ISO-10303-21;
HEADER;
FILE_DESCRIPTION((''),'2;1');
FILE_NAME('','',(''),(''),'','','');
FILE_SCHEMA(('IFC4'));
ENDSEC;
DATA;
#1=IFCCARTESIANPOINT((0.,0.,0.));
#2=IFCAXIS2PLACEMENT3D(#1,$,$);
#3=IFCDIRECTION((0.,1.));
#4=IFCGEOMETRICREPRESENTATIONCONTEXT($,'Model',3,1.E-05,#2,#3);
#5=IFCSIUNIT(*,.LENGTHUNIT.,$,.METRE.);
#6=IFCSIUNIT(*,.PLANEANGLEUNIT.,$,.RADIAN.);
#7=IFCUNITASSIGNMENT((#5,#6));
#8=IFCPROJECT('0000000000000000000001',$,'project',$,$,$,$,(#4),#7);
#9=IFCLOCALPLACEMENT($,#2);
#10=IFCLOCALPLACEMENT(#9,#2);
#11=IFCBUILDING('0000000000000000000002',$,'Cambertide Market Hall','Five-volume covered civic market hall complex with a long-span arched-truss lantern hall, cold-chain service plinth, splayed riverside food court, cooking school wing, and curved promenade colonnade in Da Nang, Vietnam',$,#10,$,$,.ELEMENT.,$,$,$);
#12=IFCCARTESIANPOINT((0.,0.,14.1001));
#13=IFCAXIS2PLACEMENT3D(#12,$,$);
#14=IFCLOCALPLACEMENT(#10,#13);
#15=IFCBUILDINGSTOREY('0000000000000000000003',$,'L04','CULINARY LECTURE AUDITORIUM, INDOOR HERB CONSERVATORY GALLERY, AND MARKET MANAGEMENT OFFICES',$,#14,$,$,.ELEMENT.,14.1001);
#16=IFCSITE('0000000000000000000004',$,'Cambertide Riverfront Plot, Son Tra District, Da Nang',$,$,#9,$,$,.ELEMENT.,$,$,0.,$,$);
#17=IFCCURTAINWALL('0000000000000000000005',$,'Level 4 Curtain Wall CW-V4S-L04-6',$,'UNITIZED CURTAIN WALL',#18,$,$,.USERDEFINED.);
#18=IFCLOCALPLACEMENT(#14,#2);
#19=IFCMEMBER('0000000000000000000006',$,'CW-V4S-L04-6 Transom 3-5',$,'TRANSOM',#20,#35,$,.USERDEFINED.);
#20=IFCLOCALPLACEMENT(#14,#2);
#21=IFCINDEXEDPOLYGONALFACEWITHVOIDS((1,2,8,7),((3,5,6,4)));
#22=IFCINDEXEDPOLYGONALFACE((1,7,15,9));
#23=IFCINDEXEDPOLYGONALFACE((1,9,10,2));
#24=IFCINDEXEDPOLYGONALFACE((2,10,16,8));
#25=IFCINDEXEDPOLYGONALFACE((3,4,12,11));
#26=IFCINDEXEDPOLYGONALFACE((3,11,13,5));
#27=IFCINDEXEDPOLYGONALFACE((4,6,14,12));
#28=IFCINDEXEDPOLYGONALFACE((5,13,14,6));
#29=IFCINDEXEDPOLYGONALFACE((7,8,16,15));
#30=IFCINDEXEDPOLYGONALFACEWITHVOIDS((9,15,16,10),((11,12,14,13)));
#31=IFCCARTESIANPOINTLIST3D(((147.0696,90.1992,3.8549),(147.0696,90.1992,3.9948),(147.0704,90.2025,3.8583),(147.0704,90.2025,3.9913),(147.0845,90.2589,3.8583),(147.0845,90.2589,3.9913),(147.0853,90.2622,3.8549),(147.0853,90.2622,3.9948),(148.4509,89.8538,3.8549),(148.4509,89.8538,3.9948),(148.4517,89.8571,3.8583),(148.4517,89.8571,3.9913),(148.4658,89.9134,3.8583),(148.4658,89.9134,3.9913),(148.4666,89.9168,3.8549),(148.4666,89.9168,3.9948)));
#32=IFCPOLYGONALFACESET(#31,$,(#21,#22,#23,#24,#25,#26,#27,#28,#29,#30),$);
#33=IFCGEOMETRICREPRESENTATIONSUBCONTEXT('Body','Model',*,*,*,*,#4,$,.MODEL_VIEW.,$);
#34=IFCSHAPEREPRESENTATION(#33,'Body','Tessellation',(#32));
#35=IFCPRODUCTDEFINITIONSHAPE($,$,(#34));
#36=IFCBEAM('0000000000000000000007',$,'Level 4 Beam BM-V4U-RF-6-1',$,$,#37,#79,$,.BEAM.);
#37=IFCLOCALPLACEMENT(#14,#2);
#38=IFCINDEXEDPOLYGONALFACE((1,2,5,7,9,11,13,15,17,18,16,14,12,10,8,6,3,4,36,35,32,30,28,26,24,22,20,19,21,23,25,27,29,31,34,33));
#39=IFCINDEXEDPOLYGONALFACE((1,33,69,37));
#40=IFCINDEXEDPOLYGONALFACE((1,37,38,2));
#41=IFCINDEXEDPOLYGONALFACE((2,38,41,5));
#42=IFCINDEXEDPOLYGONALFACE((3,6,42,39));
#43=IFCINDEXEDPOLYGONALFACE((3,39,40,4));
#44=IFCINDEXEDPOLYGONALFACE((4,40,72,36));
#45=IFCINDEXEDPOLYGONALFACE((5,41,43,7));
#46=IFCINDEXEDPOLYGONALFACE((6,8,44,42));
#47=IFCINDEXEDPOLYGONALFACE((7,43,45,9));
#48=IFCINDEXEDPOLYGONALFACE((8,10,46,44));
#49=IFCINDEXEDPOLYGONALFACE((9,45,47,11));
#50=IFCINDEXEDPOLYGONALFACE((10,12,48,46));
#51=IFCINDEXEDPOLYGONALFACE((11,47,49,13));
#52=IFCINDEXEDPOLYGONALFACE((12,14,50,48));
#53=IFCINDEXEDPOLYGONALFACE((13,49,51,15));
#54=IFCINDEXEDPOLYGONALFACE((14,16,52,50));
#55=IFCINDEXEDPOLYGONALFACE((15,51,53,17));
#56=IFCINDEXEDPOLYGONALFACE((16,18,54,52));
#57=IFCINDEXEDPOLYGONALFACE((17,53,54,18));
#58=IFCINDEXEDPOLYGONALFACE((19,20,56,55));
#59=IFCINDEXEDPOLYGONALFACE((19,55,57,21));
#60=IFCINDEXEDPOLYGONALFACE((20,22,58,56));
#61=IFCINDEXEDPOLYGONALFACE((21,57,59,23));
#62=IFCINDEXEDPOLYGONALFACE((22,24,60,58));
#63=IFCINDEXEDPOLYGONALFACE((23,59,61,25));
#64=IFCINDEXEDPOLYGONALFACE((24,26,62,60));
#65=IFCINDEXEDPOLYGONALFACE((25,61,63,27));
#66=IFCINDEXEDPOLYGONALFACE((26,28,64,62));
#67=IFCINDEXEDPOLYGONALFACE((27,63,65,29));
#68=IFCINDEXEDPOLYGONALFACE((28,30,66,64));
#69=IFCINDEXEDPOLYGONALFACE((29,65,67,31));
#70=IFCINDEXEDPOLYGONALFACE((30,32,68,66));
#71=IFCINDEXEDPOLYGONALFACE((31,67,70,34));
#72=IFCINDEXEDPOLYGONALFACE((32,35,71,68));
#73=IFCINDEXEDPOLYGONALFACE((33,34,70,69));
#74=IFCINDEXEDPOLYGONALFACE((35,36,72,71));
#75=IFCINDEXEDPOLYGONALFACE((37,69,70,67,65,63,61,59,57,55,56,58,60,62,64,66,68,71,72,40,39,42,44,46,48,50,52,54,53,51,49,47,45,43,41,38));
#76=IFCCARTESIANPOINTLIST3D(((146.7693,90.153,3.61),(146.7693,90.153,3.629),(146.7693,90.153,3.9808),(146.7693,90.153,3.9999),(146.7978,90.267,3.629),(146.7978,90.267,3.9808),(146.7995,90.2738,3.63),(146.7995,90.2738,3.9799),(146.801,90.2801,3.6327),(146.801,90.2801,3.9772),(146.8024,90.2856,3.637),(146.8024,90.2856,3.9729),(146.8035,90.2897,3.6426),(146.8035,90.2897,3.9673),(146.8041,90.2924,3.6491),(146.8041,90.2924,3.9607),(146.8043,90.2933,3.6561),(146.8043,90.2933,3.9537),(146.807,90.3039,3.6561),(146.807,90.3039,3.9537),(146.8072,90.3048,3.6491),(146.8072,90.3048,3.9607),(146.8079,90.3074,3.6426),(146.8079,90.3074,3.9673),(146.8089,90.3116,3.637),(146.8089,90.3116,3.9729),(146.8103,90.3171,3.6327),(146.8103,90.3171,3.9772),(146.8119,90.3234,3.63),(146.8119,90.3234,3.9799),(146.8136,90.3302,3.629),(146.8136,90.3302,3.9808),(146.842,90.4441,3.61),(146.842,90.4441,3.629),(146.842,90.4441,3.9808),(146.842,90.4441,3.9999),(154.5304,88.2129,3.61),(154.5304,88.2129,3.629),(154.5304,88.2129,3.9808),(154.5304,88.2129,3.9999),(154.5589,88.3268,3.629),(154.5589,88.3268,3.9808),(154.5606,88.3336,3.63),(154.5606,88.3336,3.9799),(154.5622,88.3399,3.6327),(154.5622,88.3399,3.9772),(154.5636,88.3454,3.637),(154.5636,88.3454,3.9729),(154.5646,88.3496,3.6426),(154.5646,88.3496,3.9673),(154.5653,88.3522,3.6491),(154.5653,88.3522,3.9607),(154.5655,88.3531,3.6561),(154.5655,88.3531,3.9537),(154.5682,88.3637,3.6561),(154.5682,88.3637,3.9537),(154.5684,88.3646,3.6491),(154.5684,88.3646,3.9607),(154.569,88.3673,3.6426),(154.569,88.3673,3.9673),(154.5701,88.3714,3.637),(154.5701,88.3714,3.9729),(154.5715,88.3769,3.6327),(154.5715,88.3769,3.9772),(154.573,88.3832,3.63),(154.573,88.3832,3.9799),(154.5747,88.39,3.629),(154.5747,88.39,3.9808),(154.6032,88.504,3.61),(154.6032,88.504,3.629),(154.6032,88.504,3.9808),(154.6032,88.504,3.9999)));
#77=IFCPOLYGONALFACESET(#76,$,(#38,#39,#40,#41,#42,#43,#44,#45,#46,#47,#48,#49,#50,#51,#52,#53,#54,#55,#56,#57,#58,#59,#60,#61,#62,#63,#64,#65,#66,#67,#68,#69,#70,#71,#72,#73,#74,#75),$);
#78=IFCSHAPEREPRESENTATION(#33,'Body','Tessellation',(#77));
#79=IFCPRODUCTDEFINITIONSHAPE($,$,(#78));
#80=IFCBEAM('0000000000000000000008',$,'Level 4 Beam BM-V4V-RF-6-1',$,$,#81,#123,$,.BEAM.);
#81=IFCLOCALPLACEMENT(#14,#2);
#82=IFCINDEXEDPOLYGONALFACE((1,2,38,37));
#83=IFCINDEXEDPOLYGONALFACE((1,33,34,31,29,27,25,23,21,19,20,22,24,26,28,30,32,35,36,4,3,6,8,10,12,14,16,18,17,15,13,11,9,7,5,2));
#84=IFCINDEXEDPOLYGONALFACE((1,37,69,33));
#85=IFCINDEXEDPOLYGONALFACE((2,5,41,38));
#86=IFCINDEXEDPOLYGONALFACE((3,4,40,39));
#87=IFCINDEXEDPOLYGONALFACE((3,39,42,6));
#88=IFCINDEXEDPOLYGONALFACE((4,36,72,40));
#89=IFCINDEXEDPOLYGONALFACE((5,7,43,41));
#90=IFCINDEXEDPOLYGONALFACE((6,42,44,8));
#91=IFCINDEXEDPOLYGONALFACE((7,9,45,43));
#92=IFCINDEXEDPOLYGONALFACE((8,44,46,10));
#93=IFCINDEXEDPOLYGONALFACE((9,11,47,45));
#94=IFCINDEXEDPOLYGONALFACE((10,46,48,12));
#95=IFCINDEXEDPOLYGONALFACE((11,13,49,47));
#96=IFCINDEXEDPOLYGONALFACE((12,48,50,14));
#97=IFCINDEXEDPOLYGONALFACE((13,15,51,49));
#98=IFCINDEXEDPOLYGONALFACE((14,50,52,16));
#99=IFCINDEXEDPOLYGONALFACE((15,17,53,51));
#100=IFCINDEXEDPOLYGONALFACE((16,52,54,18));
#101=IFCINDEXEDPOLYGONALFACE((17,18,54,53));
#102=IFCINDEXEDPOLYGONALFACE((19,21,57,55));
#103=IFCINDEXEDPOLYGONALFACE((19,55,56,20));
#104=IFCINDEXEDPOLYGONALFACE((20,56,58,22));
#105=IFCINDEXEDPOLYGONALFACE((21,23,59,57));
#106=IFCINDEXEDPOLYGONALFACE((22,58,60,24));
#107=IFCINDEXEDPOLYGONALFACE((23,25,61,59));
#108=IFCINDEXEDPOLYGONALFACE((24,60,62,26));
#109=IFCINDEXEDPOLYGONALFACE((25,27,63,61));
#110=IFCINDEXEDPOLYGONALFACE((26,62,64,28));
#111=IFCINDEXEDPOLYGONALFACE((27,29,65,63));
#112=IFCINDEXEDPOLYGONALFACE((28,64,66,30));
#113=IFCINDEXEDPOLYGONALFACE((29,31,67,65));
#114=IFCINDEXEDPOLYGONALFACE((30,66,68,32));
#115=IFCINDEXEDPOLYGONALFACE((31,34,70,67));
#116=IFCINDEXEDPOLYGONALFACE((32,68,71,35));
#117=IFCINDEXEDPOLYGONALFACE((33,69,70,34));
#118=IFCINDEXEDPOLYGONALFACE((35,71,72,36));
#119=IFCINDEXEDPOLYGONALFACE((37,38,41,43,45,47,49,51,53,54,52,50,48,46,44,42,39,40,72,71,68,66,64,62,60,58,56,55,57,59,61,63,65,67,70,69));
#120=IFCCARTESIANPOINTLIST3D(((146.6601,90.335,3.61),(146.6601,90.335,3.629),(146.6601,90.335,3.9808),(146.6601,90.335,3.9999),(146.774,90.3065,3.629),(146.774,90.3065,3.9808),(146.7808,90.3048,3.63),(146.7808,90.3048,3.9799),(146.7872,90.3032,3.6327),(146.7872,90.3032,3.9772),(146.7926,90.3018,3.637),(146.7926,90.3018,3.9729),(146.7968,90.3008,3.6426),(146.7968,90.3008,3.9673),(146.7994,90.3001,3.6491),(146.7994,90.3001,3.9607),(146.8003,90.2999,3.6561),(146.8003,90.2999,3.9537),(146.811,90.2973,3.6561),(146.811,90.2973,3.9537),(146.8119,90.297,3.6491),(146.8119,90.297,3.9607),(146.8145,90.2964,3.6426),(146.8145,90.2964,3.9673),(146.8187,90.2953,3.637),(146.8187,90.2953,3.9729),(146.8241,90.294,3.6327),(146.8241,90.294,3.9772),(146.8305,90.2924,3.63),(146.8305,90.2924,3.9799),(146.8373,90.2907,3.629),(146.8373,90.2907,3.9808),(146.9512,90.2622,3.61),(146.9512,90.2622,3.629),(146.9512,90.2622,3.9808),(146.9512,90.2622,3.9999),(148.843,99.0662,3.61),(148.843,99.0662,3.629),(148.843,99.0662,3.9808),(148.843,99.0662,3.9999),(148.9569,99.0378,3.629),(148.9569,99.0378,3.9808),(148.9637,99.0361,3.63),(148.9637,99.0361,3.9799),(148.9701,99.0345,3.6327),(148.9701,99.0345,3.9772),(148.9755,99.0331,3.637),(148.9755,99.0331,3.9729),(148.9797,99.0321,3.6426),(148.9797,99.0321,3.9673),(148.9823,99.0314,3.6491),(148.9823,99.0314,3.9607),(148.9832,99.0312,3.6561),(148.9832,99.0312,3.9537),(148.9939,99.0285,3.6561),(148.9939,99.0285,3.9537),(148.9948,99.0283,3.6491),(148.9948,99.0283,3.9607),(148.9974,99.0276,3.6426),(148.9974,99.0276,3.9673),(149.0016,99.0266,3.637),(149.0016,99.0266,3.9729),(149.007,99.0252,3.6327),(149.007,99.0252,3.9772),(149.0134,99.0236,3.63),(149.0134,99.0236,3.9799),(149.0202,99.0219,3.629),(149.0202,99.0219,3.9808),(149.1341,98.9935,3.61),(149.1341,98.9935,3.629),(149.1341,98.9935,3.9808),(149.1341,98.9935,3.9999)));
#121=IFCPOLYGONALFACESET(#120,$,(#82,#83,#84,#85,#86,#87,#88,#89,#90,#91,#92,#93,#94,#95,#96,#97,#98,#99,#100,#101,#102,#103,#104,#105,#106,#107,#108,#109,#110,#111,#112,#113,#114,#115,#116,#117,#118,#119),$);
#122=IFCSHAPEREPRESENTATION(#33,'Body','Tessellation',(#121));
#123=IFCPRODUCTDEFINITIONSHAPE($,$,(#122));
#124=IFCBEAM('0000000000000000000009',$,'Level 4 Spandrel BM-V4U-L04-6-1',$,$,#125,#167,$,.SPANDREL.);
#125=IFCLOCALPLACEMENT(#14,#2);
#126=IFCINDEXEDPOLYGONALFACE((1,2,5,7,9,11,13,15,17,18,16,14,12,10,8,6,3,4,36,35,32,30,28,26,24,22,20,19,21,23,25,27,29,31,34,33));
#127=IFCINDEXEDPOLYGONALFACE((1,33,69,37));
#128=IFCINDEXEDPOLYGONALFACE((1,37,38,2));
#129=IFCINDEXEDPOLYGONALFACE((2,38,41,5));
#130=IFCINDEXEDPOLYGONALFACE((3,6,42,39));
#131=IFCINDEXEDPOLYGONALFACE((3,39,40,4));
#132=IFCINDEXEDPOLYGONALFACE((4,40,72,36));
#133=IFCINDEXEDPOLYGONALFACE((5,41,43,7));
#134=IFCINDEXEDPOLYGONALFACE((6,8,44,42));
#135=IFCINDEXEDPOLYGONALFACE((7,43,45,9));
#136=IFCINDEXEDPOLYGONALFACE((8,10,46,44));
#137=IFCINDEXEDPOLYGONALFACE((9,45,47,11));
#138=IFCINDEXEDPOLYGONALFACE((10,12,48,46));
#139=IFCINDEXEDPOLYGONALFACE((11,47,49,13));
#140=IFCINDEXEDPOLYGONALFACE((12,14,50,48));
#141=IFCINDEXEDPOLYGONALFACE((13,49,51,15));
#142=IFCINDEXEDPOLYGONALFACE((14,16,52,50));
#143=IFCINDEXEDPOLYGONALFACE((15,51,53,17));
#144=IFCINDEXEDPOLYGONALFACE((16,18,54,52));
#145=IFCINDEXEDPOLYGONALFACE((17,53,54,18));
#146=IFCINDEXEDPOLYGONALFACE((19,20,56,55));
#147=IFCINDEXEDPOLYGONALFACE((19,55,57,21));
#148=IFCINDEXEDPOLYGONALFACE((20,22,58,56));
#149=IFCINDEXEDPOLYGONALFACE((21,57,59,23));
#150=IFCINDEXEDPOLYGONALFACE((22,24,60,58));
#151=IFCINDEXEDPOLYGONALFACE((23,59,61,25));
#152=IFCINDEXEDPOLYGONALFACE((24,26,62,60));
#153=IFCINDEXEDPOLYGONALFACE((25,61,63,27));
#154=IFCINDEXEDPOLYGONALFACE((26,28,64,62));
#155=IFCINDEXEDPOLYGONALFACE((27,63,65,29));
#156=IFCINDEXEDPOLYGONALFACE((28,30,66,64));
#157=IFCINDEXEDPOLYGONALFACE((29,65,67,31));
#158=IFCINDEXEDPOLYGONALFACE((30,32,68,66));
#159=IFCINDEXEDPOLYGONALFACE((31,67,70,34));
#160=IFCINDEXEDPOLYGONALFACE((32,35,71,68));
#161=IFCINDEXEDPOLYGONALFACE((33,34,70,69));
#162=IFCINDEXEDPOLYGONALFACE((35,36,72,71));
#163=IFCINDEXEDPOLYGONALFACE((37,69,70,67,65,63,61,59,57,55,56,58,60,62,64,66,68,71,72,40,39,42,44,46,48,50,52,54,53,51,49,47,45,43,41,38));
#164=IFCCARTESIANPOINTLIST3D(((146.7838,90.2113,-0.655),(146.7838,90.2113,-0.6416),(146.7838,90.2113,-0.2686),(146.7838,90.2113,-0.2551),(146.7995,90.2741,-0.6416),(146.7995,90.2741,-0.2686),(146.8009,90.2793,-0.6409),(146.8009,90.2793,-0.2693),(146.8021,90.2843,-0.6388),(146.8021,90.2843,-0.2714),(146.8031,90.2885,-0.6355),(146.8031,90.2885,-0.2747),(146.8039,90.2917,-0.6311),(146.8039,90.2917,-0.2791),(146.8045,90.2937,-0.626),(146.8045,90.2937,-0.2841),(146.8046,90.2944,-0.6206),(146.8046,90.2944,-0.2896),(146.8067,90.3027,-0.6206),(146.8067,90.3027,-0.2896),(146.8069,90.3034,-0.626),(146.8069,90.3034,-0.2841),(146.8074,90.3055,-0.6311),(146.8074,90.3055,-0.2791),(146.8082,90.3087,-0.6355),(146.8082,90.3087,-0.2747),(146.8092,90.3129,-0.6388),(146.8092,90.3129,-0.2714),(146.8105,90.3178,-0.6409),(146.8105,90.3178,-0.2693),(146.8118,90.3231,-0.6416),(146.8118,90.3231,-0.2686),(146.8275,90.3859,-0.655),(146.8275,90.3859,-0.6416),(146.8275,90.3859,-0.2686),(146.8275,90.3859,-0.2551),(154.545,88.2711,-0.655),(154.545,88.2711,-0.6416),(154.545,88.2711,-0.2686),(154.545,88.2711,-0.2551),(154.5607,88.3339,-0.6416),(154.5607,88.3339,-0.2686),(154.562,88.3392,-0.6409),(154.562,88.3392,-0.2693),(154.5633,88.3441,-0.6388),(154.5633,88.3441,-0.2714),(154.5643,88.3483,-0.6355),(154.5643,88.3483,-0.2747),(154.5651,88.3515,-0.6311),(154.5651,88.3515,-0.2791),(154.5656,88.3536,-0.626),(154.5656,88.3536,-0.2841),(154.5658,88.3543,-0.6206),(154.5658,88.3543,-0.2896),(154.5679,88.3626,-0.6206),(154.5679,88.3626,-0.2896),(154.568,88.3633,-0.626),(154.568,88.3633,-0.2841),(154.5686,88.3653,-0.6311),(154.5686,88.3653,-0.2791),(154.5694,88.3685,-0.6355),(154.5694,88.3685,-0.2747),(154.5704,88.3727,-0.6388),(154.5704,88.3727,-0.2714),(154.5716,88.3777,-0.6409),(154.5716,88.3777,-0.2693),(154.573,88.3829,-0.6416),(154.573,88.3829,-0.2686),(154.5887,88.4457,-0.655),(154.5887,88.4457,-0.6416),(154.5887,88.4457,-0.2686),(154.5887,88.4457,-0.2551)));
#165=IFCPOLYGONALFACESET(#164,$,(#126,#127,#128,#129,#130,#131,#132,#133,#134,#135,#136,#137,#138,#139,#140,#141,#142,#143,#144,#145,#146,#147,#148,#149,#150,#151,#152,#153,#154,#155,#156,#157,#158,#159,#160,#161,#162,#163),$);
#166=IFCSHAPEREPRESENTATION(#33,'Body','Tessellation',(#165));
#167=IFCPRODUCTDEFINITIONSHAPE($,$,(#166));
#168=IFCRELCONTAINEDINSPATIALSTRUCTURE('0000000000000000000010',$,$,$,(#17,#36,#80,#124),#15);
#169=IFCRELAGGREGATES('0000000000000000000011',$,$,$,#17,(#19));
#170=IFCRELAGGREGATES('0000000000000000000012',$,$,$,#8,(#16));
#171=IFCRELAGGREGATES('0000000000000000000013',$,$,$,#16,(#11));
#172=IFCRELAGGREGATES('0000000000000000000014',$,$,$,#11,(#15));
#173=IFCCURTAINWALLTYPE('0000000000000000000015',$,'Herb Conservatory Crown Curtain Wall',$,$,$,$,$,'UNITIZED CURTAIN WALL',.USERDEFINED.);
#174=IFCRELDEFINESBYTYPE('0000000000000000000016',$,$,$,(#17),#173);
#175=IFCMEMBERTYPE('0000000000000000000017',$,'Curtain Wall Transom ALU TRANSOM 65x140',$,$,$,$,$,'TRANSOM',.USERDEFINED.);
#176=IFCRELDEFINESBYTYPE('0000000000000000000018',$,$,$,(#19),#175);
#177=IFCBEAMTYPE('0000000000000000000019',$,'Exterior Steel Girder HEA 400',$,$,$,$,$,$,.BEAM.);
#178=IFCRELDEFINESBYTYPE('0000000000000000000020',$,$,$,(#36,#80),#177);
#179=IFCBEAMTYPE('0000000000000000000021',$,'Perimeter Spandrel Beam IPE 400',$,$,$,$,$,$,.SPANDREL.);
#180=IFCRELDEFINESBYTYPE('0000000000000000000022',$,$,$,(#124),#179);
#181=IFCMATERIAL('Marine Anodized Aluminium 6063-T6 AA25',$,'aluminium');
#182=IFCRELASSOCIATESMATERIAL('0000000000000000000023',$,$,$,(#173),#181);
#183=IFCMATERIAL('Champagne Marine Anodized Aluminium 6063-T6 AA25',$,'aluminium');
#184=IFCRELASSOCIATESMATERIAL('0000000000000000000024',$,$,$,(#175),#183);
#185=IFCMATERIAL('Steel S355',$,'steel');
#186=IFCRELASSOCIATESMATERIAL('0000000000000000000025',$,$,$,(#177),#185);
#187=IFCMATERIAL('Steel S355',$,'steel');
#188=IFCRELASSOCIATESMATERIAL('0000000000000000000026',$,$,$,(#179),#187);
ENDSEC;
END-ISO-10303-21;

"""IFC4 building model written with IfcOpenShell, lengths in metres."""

from ifc_helpers import new_model, si_unit, direction, frame, origin, origin_2d, place, context, subcontext, project, spatial, hollow_rectangle, i_section, extrude, material, material_profile, profile_set, type_object, element, aggregate, save


model = new_model("IFC4")

# Units and contexts
model_context = context("Model", 3, precision=1e-05, world=origin(), true_north=direction((0.0, 1.0)))
body_context = subcontext(model_context, "Body", "Model", "MODEL_VIEW")
ifc_project = project(units=[si_unit("LENGTHUNIT", "METRE"), si_unit("PLANEANGLEUNIT", "RADIAN")], contexts=[model_context])

# Site, building, storey
site_placement = place(None, origin())
site = spatial("IfcSite", under=ifc_project, at=site_placement, Name="Cambertide Riverfront Plot, Son Tra District, Da Nang", CompositionType="ELEMENT", RefElevation=0.0)
building_placement = place(site_placement, origin())
building = spatial("IfcBuilding", under=site, at=building_placement, Name="Cambertide Market Hall", Description="Five-volume covered civic market hall complex with a long-span arched-truss lantern hall, cold-chain service plinth, splayed riverside food court, cooking school wing, and curved promenade colonnade in Da Nang, Vietnam", CompositionType="ELEMENT")
storey_placement = place(building_placement, frame((0.0, 0.0, 14.1001)))
storey = spatial("IfcBuildingStorey", under=building, at=storey_placement, Name="L04", Description="CULINARY LECTURE AUDITORIUM, INDOOR HERB CONSERVATORY GALLERY, AND MARKET MANAGEMENT OFFICES", CompositionType="ELEMENT", Elevation=14.1001)

# Shared definitions
ifc_material_1 = material(Name="Marine Anodized Aluminium 6063-T6 AA25", Category="aluminium")
curtain_wall_type = type_object("IfcCurtainWallType", Name="Herb Conservatory Crown Curtain Wall", ElementType="UNITIZED CURTAIN WALL", PredefinedType="USERDEFINED", material=ifc_material_1)

# Curtain wall
curtain_wall_1_placement = place(storey_placement, origin())
curtain_wall_1 = element("IfcCurtainWall", 1, at=curtain_wall_1_placement, inside=storey, type_object=curtain_wall_type, Name="Level 4 Curtain Wall CW-V4S-L04-6", ObjectType="UNITIZED CURTAIN WALL", PredefinedType="USERDEFINED")

# Member
ifc_material_2 = material(Name="Champagne Marine Anodized Aluminium 6063-T6 AA25", Category="aluminium")
ifc_material_profile_1 = material_profile(ifc_material_2, hollow_rectangle(XDim=0.0649, YDim=0.1399, WallThickness=0.0034, at=origin_2d()), Name="ALU TRANSOM 65x140")
ifc_profile_set_1 = profile_set([ifc_material_profile_1], Name="Champagne Marine Anodized Aluminium 6063-T6 AA25")
member_type_1 = type_object("IfcMemberType", Name="Curtain Wall Transom ALU TRANSOM 65x140", ElementType="TRANSOM", PredefinedType="USERDEFINED", material=ifc_profile_set_1)
member_1_placement = place(storey_placement, frame((148.4587, 89.8853, 3.9248), z_axis=(-0.970122, 0.242616, 0.0), x_axis=(-0.242616, -0.970122, 0.0)))
member_1 = element("IfcMember", 2, at=member_1_placement, type_object=member_type_1, Name="CW-V4S-L04-6 Transom 3-5", ObjectType="TRANSOM", PredefinedType="USERDEFINED", context=body_context, shape_type="SweptSolid", body=[
    extrude(hollow_rectangle(XDim=0.0649, YDim=0.1399, WallThickness=0.0034, at=origin_2d()), origin(), (0.0, 0.0, 1.0), 1.4238),
])

# Beams
ifc_material_3 = material(Name="Steel S355", Category="steel")
ifc_material_profile_2 = material_profile(ifc_material_3, i_section(OverallWidth=0.3, OverallDepth=0.3899, WebThickness=0.011, FlangeThickness=0.019, FilletRadius=0.0271, at=origin_2d()), Name="HEA 400")
ifc_profile_set_2 = profile_set([ifc_material_profile_2], Name="Steel S355")
beam_type_1 = type_object("IfcBeamType", Name="Exterior Steel Girder HEA 400", PredefinedType="BEAM", material=ifc_profile_set_2)
beam_1_placement = place(storey_placement, frame((146.8057, 90.2986, 3.8049), z_axis=(0.970146, -0.242521, 0.0), x_axis=(0.242521, 0.970146, 0.0)))
element("IfcBeam", 3, at=beam_1_placement, inside=storey, type_object=beam_type_1, Name="Level 4 Beam BM-V4U-RF-6-1", PredefinedType="BEAM", context=body_context, shape_type="SweptSolid", body=[
    extrude(i_section(OverallWidth=0.3, OverallDepth=0.3899, WebThickness=0.011, FlangeThickness=0.019, FilletRadius=0.0271, at=origin_2d()), origin(), (0.0, 0.0, 1.0), 8.0),
])
beam_2_placement = place(storey_placement, frame((146.8057, 90.2986, 3.8049), z_axis=(0.242542, 0.970141, 0.0), x_axis=(-0.970141, 0.242542, 0.0)))
element("IfcBeam", 4, at=beam_2_placement, inside=storey, type_object=beam_type_1, Name="Level 4 Beam BM-V4V-RF-6-1", PredefinedType="BEAM", context=body_context, shape_type="SweptSolid", body=[
    extrude(i_section(OverallWidth=0.3, OverallDepth=0.3899, WebThickness=0.011, FlangeThickness=0.019, FilletRadius=0.0271, at=origin_2d()), origin(), (0.0, 0.0, 1.0), 9.0),
])
ifc_material_4 = material(Name="Steel S355", Category="steel")
ifc_material_profile_3 = material_profile(ifc_material_4, i_section(OverallWidth=0.1799, OverallDepth=0.3999, WebThickness=0.0085, FlangeThickness=0.0134, FilletRadius=0.021, at=origin_2d()), Name="IPE 400")
ifc_profile_set_3 = profile_set([ifc_material_profile_3], Name="Steel S355")
beam_type_2 = type_object("IfcBeamType", Name="Perimeter Spandrel Beam IPE 400", PredefinedType="SPANDREL", material=ifc_profile_set_3)
beam_3_placement = place(storey_placement, frame((146.8057, 90.2986, -0.4551), z_axis=(0.970146, -0.242521, 0.0), x_axis=(0.242521, 0.970146, 0.0)))
element("IfcBeam", 5, at=beam_3_placement, inside=storey, type_object=beam_type_2, Name="Level 4 Spandrel BM-V4U-L04-6-1", PredefinedType="SPANDREL", context=body_context, shape_type="SweptSolid", body=[
    extrude(i_section(OverallWidth=0.1799, OverallDepth=0.3999, WebThickness=0.0085, FlangeThickness=0.0134, FilletRadius=0.021, at=origin_2d()), origin(), (0.0, 0.0, 1.0), 8.0),
])

aggregate(curtain_wall_1, [member_1])

save(model, "model.ifc")
